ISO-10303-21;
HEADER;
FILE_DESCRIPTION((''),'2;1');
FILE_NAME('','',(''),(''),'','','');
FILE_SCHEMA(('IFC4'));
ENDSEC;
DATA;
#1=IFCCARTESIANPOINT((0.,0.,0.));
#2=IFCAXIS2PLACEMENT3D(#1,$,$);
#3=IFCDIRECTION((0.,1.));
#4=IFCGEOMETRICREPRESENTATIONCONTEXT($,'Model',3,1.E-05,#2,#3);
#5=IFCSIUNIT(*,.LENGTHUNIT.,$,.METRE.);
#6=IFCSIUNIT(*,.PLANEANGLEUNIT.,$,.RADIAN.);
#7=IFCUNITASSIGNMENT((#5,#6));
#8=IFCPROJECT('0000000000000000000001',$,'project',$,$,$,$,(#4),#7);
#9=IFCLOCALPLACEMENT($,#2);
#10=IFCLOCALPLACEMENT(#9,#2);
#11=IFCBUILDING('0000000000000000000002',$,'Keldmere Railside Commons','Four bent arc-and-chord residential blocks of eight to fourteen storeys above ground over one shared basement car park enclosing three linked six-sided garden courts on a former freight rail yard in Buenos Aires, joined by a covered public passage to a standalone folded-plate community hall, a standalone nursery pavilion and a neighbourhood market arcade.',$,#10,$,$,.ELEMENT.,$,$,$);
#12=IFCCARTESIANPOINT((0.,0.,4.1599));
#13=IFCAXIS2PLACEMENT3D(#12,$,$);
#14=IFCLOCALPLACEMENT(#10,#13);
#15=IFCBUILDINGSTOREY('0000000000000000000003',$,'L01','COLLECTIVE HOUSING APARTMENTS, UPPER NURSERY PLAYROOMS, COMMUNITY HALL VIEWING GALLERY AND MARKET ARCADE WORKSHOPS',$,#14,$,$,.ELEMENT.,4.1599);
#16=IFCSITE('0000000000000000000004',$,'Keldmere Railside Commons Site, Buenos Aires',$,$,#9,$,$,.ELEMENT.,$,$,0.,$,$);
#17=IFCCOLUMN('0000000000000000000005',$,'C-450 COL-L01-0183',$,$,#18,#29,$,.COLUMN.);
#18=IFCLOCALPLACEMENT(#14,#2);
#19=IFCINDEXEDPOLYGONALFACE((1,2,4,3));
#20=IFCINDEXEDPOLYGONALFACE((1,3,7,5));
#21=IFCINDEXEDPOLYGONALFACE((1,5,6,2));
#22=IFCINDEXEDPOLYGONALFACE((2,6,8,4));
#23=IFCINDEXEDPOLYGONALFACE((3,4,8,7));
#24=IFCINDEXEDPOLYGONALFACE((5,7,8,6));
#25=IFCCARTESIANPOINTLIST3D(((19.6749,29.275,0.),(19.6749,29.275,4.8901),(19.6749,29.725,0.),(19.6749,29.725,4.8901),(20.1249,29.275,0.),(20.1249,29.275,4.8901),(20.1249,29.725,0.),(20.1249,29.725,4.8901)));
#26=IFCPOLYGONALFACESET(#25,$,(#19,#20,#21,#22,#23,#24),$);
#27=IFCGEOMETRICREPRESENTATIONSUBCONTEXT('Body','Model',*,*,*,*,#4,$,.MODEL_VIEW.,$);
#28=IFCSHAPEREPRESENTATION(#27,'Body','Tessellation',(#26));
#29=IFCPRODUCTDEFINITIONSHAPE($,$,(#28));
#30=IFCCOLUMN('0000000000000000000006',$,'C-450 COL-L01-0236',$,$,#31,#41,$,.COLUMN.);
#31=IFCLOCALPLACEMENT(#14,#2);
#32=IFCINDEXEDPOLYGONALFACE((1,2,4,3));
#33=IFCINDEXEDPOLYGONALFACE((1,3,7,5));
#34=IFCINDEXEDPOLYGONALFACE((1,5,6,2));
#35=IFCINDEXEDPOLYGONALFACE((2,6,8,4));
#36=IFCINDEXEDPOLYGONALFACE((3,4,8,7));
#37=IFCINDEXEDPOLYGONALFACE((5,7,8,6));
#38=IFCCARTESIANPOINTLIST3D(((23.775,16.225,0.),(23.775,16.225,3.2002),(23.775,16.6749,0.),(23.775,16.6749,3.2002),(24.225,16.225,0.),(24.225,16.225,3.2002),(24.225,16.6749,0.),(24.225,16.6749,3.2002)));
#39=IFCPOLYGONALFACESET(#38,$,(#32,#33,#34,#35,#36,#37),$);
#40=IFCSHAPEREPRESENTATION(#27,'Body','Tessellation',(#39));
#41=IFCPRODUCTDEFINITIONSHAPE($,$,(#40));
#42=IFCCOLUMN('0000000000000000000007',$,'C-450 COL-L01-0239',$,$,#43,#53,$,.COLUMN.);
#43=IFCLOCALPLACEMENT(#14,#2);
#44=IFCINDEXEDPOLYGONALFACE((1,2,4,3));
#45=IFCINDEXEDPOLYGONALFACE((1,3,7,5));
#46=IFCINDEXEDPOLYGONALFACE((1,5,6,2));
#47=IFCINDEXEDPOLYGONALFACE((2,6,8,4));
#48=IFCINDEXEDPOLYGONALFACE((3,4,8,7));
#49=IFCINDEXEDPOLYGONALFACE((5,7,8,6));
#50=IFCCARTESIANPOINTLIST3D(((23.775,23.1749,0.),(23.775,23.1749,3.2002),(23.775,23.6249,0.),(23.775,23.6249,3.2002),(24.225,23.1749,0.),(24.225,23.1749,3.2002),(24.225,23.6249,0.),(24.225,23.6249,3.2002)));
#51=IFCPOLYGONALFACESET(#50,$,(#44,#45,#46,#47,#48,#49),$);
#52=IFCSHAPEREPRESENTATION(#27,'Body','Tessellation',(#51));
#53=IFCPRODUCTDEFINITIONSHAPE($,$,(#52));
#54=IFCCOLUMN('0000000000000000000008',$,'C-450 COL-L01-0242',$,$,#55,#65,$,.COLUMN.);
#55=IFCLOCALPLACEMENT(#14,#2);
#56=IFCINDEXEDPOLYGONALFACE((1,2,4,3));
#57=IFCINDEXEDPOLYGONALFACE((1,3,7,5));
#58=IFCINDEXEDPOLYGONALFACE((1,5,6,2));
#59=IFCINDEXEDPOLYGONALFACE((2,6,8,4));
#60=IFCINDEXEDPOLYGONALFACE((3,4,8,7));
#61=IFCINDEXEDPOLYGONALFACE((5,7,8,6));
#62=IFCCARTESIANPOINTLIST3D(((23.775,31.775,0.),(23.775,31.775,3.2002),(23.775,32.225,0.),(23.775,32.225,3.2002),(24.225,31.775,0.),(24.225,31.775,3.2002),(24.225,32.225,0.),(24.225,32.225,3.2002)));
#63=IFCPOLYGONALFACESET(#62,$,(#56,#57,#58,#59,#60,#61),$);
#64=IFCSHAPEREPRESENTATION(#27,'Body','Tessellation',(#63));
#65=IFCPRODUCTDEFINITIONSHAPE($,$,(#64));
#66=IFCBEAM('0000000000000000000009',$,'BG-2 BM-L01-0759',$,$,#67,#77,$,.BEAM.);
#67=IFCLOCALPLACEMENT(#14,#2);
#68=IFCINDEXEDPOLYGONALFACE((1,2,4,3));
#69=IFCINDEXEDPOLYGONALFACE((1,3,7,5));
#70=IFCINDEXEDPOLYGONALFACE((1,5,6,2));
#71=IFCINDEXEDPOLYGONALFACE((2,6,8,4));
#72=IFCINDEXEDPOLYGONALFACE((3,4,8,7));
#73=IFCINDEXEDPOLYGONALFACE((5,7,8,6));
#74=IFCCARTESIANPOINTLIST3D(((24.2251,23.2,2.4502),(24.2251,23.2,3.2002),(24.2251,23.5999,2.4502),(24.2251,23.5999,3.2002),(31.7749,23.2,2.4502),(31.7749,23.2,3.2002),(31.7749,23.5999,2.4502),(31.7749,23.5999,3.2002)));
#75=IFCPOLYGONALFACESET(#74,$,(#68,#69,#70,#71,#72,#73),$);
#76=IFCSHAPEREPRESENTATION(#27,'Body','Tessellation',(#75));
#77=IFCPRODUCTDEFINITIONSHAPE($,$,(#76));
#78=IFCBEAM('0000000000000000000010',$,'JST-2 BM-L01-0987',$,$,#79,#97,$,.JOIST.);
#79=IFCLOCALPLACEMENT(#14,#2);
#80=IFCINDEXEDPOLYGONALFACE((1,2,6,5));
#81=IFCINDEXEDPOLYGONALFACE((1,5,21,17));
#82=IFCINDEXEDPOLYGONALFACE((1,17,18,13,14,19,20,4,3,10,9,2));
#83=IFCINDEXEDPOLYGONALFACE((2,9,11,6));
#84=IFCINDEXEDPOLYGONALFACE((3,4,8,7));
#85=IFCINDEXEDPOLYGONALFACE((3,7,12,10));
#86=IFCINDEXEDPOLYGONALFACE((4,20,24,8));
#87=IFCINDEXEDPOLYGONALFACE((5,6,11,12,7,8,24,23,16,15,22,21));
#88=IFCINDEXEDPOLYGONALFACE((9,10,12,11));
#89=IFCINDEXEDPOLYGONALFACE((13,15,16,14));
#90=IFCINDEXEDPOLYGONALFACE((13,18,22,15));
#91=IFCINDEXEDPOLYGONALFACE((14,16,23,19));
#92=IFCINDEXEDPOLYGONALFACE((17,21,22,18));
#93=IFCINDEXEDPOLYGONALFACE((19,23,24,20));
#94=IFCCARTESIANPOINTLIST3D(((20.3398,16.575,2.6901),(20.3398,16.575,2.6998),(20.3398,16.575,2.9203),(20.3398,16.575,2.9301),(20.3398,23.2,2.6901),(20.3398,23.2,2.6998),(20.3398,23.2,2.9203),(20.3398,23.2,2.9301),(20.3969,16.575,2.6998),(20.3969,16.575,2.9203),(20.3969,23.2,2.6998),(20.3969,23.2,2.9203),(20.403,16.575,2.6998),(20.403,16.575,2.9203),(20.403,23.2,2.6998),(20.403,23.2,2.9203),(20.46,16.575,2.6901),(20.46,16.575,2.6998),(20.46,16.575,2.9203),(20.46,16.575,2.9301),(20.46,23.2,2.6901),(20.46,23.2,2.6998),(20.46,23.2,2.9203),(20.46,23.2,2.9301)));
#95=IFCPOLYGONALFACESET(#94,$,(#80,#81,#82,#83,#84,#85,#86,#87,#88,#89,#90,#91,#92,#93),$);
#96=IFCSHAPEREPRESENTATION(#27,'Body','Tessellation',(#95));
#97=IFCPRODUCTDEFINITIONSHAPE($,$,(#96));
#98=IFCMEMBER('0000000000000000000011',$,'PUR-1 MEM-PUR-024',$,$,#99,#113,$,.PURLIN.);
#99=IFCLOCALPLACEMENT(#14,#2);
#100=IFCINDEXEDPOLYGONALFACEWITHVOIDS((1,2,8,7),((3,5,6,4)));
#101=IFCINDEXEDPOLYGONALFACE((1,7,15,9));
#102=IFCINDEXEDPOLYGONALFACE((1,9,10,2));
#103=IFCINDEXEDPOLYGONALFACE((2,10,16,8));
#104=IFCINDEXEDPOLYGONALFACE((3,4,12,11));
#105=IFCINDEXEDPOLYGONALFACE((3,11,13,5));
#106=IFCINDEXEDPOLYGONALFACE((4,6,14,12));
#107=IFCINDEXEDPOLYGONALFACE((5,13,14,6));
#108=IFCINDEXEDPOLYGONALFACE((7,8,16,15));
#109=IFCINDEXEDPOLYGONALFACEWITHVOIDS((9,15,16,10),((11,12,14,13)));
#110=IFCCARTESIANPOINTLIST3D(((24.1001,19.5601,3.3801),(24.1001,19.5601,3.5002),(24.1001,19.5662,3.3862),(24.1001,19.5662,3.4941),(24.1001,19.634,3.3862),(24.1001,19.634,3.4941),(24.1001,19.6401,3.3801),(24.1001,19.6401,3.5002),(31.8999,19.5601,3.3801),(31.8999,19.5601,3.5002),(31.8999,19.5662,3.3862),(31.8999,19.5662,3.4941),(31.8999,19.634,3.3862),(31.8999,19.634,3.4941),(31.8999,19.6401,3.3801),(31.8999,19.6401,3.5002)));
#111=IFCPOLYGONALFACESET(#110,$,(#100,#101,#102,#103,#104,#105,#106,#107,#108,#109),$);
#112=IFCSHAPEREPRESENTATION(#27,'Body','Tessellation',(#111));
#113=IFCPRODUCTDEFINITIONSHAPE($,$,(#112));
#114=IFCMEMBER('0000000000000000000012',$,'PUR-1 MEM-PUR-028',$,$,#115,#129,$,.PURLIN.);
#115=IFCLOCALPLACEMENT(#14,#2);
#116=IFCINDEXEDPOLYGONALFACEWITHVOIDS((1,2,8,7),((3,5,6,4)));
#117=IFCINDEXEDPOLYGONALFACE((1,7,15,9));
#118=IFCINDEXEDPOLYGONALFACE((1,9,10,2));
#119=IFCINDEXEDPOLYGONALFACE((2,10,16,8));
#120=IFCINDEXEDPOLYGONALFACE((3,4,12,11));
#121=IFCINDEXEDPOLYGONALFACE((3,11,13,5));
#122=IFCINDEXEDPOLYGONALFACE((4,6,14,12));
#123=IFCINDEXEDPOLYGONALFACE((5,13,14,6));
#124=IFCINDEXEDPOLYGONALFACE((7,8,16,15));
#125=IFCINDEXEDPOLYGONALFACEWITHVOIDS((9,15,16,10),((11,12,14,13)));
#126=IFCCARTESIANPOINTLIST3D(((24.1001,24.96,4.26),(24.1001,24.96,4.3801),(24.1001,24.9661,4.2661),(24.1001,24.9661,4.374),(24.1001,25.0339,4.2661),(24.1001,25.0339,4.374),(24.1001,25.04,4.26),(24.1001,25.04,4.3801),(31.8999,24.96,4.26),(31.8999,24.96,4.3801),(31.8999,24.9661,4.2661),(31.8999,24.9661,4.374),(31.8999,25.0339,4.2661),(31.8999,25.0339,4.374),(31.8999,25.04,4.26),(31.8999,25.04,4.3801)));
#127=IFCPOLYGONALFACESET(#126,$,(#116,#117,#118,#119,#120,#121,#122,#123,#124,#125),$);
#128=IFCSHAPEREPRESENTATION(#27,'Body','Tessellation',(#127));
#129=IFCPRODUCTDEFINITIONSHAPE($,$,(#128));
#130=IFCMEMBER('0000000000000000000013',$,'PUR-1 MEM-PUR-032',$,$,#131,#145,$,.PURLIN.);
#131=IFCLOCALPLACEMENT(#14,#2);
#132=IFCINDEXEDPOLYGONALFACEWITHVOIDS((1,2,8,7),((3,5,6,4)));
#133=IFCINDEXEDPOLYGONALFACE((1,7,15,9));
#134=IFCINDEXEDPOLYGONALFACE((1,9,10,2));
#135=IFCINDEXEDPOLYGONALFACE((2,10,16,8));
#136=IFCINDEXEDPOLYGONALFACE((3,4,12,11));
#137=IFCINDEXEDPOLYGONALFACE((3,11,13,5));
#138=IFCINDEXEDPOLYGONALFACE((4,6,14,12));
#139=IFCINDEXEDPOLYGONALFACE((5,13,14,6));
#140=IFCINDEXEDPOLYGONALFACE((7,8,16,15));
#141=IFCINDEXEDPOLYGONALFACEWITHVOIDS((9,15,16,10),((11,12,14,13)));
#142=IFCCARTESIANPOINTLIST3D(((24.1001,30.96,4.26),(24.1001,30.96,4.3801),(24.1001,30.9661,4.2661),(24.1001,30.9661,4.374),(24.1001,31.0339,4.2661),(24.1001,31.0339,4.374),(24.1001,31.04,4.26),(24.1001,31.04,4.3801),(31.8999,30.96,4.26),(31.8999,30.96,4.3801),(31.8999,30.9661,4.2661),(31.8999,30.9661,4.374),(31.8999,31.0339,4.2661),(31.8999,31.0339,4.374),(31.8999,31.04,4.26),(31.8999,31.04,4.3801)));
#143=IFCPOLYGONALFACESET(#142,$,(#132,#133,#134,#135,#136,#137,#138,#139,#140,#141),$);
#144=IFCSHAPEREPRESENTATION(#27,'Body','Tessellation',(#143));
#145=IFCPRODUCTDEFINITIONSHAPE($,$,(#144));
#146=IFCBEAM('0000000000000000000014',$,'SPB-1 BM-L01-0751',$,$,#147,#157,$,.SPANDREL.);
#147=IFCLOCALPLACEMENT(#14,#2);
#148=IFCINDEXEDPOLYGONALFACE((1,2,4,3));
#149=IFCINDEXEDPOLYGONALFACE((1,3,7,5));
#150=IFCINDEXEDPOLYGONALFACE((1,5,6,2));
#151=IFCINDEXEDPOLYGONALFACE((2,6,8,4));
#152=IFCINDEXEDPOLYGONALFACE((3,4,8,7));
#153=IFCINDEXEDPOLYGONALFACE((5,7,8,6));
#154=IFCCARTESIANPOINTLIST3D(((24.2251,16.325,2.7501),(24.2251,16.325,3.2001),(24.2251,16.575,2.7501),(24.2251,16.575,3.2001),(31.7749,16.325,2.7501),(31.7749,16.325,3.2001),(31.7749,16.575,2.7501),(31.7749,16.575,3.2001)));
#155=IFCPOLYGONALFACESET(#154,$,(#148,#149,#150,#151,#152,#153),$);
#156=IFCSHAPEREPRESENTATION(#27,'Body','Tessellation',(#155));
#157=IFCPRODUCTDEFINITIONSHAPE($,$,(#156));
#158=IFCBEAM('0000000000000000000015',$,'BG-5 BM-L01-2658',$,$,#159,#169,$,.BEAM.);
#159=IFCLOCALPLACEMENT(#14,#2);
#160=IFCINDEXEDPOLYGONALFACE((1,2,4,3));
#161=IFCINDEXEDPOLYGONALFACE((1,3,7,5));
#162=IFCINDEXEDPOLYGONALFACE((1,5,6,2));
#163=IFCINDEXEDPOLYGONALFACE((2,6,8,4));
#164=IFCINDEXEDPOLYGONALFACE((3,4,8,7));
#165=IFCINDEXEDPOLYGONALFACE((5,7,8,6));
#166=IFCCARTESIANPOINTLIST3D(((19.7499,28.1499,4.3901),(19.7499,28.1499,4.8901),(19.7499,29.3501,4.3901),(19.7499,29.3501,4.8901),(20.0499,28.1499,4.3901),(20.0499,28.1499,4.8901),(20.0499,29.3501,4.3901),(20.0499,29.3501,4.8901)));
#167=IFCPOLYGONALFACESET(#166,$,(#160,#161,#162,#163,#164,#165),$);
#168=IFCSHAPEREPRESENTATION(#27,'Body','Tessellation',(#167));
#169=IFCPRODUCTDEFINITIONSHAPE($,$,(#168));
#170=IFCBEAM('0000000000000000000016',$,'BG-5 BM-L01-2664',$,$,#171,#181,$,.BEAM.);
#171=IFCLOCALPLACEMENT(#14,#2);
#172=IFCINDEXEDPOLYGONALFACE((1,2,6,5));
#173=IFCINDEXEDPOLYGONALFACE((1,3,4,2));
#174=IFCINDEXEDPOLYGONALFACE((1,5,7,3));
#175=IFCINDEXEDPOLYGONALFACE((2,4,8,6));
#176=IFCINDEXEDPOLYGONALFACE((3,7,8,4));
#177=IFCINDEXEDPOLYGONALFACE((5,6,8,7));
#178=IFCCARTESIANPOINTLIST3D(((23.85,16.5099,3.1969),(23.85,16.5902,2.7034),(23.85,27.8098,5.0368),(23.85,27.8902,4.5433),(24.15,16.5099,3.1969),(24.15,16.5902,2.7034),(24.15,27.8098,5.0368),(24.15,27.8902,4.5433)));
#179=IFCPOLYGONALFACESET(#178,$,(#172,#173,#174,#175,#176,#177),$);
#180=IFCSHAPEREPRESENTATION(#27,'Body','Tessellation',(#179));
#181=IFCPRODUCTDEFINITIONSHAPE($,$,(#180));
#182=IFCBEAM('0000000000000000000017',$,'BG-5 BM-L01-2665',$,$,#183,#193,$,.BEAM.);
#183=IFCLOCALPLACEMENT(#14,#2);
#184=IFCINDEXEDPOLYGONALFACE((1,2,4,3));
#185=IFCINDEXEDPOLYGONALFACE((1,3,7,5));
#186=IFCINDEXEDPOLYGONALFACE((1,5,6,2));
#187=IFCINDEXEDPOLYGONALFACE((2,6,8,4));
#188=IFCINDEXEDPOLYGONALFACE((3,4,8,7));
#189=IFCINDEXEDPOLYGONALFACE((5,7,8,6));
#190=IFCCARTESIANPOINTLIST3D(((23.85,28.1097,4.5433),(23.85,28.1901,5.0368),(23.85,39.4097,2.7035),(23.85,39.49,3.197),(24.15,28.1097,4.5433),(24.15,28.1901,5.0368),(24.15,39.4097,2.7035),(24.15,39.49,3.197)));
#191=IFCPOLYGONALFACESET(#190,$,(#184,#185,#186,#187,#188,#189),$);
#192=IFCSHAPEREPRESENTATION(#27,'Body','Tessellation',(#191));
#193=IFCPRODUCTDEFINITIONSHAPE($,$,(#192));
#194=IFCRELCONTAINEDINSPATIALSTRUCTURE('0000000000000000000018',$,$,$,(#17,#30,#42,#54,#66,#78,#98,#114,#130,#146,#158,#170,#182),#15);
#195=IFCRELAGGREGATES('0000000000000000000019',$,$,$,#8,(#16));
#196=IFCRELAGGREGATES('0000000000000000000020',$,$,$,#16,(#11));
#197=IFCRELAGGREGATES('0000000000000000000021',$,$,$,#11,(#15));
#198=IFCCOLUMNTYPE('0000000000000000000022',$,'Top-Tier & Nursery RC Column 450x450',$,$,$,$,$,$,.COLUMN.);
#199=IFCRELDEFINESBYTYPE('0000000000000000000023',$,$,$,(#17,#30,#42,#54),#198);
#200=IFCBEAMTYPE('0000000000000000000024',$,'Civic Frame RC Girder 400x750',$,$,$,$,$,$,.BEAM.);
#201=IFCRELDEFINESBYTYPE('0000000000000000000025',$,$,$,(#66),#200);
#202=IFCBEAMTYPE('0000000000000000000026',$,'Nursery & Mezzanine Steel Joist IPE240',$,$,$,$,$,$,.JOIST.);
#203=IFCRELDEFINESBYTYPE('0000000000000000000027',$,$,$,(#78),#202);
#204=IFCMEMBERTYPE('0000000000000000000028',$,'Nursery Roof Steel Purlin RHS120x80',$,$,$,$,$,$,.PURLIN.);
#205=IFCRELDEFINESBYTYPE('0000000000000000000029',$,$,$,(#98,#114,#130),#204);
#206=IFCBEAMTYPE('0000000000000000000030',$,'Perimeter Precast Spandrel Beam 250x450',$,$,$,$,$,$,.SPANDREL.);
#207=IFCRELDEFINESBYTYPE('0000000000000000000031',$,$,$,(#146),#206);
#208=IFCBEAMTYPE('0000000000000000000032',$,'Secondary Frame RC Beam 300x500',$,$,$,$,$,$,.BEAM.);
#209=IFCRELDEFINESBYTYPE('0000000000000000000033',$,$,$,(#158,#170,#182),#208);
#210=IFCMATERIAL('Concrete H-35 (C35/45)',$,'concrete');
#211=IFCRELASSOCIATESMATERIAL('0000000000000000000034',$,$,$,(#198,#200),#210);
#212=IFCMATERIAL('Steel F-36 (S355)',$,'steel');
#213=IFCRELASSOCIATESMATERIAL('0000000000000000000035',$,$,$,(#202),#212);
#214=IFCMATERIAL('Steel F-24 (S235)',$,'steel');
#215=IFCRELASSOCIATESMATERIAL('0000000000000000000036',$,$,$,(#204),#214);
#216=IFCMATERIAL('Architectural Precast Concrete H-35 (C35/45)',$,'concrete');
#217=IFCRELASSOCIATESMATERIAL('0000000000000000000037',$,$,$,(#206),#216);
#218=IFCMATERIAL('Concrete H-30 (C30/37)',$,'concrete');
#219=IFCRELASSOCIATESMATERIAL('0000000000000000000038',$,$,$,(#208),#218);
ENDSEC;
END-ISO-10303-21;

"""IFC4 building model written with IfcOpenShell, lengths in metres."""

from ifc_helpers import new_model, si_unit, direction, frame, origin, origin_2d, place, context, subcontext, project, spatial, rectangle, hollow_rectangle, i_section, extrude, material, material_profile, profile_set, type_object, element, save


model = new_model("IFC4")

# Units and contexts
model_context = context("Model", 3, precision=1e-05, world=origin(), true_north=direction((0.0, 1.0)))
body_context = subcontext(model_context, "Body", "Model", "MODEL_VIEW")
ifc_project = project(units=[si_unit("LENGTHUNIT", "METRE"), si_unit("PLANEANGLEUNIT", "RADIAN")], contexts=[model_context])

# Site, building, storey
site_placement = place(None, origin())
site = spatial("IfcSite", under=ifc_project, at=site_placement, Name="Keldmere Railside Commons Site, Buenos Aires", CompositionType="ELEMENT", RefElevation=0.0)
building_placement = place(site_placement, origin())
building = spatial("IfcBuilding", under=site, at=building_placement, Name="Keldmere Railside Commons", Description="Four bent arc-and-chord residential blocks of eight to fourteen storeys above ground over one shared basement car park enclosing three linked six-sided garden courts on a former freight rail yard in Buenos Aires, joined by a covered public passage to a standalone folded-plate community hall, a standalone nursery pavilion and a neighbourhood market arcade.", CompositionType="ELEMENT")
storey_placement = place(building_placement, frame((0.0, 0.0, 4.1599)))
storey = spatial("IfcBuildingStorey", under=building, at=storey_placement, Name="L01", Description="COLLECTIVE HOUSING APARTMENTS, UPPER NURSERY PLAYROOMS, COMMUNITY HALL VIEWING GALLERY AND MARKET ARCADE WORKSHOPS", CompositionType="ELEMENT", Elevation=4.1599)

# Columns
ifc_material_1 = material(Name="Concrete H-35 (C35/45)", Category="concrete")
ifc_material_profile_1 = material_profile(ifc_material_1, rectangle(XDim=0.45, YDim=0.45, at=origin_2d()), Name="RC-450x450")
ifc_profile_set_1 = profile_set([ifc_material_profile_1], Name="Concrete H-35 (C35/45)")
column_type = type_object("IfcColumnType", Name="Top-Tier & Nursery RC Column 450x450", PredefinedType="COLUMN", material=ifc_profile_set_1)
column_placement = place(storey_placement, frame((19.8999, 29.5, 0.0), z_axis=(0.0, 0.0, 1.0), x_axis=(1.0, 0.0, 0.0)))
element("IfcColumn", 1, at=column_placement, inside=storey, type_object=column_type, Name="C-450 COL-L01-0183", PredefinedType="COLUMN", context=body_context, shape_type="SweptSolid", body=[
    extrude(rectangle(XDim=0.45, YDim=0.45, at=origin_2d()), origin(), (0.0, 0.0, 1.0), 4.8901),
])
for number, where, z_axis, x_axis, name in (
    (2, (24.0, 16.45, 0.0), (0.0, 0.0, 1.0), (1.0, 0.0, 0.0), "C-450 COL-L01-0236"),
    (3, (24.0, 23.3999, 0.0), (0.0, 0.0, 1.0), (1.0, 0.0, 0.0), "C-450 COL-L01-0239"),
    (4, (24.0, 32.0, 0.0), (0.0, 0.0, 1.0), (1.0, 0.0, 0.0), "C-450 COL-L01-0242"),
):
    element("IfcColumn", number, at=place(storey_placement, frame(where, z_axis=z_axis, x_axis=x_axis)), inside=storey, type_object=column_type, Name=name, PredefinedType="COLUMN", context=body_context, shape_type="SweptSolid", body=[
        extrude(rectangle(XDim=0.45, YDim=0.45, at=origin_2d()), origin(), (0.0, 0.0, 1.0), 3.2002),
    ])

# Beams
ifc_material_profile_2 = material_profile(ifc_material_1, rectangle(XDim=0.3999, YDim=0.75, at=origin_2d()), Name="RC-400x750")
ifc_profile_set_2 = profile_set([ifc_material_profile_2], Name="Concrete H-35 (C35/45)")
beam_type_1 = type_object("IfcBeamType", Name="Civic Frame RC Girder 400x750", PredefinedType="BEAM", material=ifc_profile_set_2)
beam_1_placement = place(storey_placement, frame((24.2251, 23.3999, 2.8252), z_axis=(1.0, 0.0, 0.0), x_axis=(0.0, 1.0, 0.0)))
element("IfcBeam", 5, at=beam_1_placement, inside=storey, type_object=beam_type_1, Name="BG-2 BM-L01-0759", PredefinedType="BEAM", context=body_context, shape_type="SweptSolid", body=[
    extrude(rectangle(XDim=0.3999, YDim=0.75, at=origin_2d()), origin(), (0.0, 0.0, 1.0), 7.5498),
])
ifc_material_2 = material(Name="Steel F-36 (S355)", Category="steel")
ifc_material_profile_3 = material_profile(ifc_material_2, i_section(OverallWidth=0.1201, OverallDepth=0.24, WebThickness=0.0061, FlangeThickness=0.0098, at=origin_2d()), Name="IPE-240")
ifc_profile_set_3 = profile_set([ifc_material_profile_3], Name="Steel F-36 (S355)")
beam_type_2 = type_object("IfcBeamType", Name="Nursery & Mezzanine Steel Joist IPE240", PredefinedType="JOIST", material=ifc_profile_set_3)
beam_2_placement = place(storey_placement, frame((20.3999, 16.575, 2.8101), z_axis=(0.0, 1.0, 0.0), x_axis=(-1.0, 0.0, 0.0)))
element("IfcBeam", 6, at=beam_2_placement, inside=storey, type_object=beam_type_2, Name="JST-2 BM-L01-0987", PredefinedType="JOIST", context=body_context, shape_type="SweptSolid", body=[
    extrude(i_section(OverallWidth=0.1201, OverallDepth=0.24, WebThickness=0.0061, FlangeThickness=0.0098, at=origin_2d()), origin(), (0.0, 0.0, 1.0), 6.625),
])

# Members
ifc_material_3 = material(Name="Steel F-24 (S235)", Category="steel")
ifc_material_profile_4 = material_profile(ifc_material_3, hollow_rectangle(XDim=0.0801, YDim=0.1201, WallThickness=0.0061, at=origin_2d()), Name="RHS-120x80x6")
ifc_profile_set_4 = profile_set([ifc_material_profile_4], Name="Steel F-24 (S235)")
member_type = type_object("IfcMemberType", Name="Nursery Roof Steel Purlin RHS120x80", PredefinedType="PURLIN", material=ifc_profile_set_4)
for number, where, z_axis, x_axis, name in (
    (7, (24.1001, 19.6001, 3.4402), (1.0, 0.0, 0.0), (0.0, 1.0, 0.0), "PUR-1 MEM-PUR-024"),
    (8, (24.1001, 25.0, 4.3201), (1.0, 0.0, 0.0), (0.0, 1.0, 0.0), "PUR-1 MEM-PUR-028"),
    (9, (24.1001, 31.0, 4.3201), (1.0, 0.0, 0.0), (0.0, 1.0, 0.0), "PUR-1 MEM-PUR-032"),
):
    element("IfcMember", number, at=place(storey_placement, frame(where, z_axis=z_axis, x_axis=x_axis)), inside=storey, type_object=member_type, Name=name, PredefinedType="PURLIN", context=body_context, shape_type="SweptSolid", body=[
        extrude(hollow_rectangle(XDim=0.0801, YDim=0.1201, WallThickness=0.0061, at=origin_2d()), origin(), (0.0, 0.0, 1.0), 7.7998),
    ])

# Beams
ifc_material_4 = material(Name="Architectural Precast Concrete H-35 (C35/45)", Category="concrete")
ifc_material_profile_5 = material_profile(ifc_material_4, rectangle(XDim=0.25, YDim=0.45, at=origin_2d()), Name="RC-250x450")
ifc_profile_set_5 = profile_set([ifc_material_profile_5], Name="Architectural Precast Concrete H-35 (C35/45)")
beam_type_3 = type_object("IfcBeamType", Name="Perimeter Precast Spandrel Beam 250x450", PredefinedType="SPANDREL", material=ifc_profile_set_5)
beam_3_placement = place(storey_placement, frame((24.2251, 16.45, 2.9751), z_axis=(1.0, 0.0, 0.0), x_axis=(0.0, 1.0, 0.0)))
element("IfcBeam", 10, at=beam_3_placement, inside=storey, type_object=beam_type_3, Name="SPB-1 BM-L01-0751", PredefinedType="SPANDREL", context=body_context, shape_type="SweptSolid", body=[
    extrude(rectangle(XDim=0.25, YDim=0.45, at=origin_2d()), origin(), (0.0, 0.0, 1.0), 7.5498),
])
ifc_material_5 = material(Name="Concrete H-30 (C30/37)", Category="concrete")
ifc_material_profile_6 = material_profile(ifc_material_5, rectangle(XDim=0.3, YDim=0.5, at=origin_2d()), Name="RC-300x500")
ifc_profile_set_6 = profile_set([ifc_material_profile_6], Name="Concrete H-30 (C30/37)")
beam_type_4 = type_object("IfcBeamType", Name="Secondary Frame RC Beam 300x500", PredefinedType="BEAM", material=ifc_profile_set_6)
beam_4_placement = place(storey_placement, frame((19.8999, 28.1499, 4.6401), z_axis=(0.0, 1.0, 0.0), x_axis=(-1.0, 0.0, 0.0)))
element("IfcBeam", 11, at=beam_4_placement, inside=storey, type_object=beam_type_4, Name="BG-5 BM-L01-2658", PredefinedType="BEAM", context=body_context, shape_type="SweptSolid", body=[
    extrude(rectangle(XDim=0.3, YDim=0.5, at=origin_2d()), origin(), (0.0, 0.0, 1.0), 1.2002),
])
for number, where, z_axis, x_axis, name in (
    (12, (24.0, 16.55, 2.9502), (0.0, 0.987003, 0.160701), (-1.0, 0.0, 0.0), "BG-5 BM-L01-2664"),
    (13, (24.0, 28.1499, 4.79), (0.0, 0.987003, -0.160701), (-1.0, 0.0, 0.0), "BG-5 BM-L01-2665"),
):
    element("IfcBeam", number, at=place(storey_placement, frame(where, z_axis=z_axis, x_axis=x_axis)), inside=storey, type_object=beam_type_4, Name=name, PredefinedType="BEAM", context=body_context, shape_type="SweptSolid", body=[
        extrude(rectangle(XDim=0.3, YDim=0.5, at=origin_2d()), origin(), (0.0, 0.0, 1.0), 11.4487),
    ])

save(model, "model.ifc")
